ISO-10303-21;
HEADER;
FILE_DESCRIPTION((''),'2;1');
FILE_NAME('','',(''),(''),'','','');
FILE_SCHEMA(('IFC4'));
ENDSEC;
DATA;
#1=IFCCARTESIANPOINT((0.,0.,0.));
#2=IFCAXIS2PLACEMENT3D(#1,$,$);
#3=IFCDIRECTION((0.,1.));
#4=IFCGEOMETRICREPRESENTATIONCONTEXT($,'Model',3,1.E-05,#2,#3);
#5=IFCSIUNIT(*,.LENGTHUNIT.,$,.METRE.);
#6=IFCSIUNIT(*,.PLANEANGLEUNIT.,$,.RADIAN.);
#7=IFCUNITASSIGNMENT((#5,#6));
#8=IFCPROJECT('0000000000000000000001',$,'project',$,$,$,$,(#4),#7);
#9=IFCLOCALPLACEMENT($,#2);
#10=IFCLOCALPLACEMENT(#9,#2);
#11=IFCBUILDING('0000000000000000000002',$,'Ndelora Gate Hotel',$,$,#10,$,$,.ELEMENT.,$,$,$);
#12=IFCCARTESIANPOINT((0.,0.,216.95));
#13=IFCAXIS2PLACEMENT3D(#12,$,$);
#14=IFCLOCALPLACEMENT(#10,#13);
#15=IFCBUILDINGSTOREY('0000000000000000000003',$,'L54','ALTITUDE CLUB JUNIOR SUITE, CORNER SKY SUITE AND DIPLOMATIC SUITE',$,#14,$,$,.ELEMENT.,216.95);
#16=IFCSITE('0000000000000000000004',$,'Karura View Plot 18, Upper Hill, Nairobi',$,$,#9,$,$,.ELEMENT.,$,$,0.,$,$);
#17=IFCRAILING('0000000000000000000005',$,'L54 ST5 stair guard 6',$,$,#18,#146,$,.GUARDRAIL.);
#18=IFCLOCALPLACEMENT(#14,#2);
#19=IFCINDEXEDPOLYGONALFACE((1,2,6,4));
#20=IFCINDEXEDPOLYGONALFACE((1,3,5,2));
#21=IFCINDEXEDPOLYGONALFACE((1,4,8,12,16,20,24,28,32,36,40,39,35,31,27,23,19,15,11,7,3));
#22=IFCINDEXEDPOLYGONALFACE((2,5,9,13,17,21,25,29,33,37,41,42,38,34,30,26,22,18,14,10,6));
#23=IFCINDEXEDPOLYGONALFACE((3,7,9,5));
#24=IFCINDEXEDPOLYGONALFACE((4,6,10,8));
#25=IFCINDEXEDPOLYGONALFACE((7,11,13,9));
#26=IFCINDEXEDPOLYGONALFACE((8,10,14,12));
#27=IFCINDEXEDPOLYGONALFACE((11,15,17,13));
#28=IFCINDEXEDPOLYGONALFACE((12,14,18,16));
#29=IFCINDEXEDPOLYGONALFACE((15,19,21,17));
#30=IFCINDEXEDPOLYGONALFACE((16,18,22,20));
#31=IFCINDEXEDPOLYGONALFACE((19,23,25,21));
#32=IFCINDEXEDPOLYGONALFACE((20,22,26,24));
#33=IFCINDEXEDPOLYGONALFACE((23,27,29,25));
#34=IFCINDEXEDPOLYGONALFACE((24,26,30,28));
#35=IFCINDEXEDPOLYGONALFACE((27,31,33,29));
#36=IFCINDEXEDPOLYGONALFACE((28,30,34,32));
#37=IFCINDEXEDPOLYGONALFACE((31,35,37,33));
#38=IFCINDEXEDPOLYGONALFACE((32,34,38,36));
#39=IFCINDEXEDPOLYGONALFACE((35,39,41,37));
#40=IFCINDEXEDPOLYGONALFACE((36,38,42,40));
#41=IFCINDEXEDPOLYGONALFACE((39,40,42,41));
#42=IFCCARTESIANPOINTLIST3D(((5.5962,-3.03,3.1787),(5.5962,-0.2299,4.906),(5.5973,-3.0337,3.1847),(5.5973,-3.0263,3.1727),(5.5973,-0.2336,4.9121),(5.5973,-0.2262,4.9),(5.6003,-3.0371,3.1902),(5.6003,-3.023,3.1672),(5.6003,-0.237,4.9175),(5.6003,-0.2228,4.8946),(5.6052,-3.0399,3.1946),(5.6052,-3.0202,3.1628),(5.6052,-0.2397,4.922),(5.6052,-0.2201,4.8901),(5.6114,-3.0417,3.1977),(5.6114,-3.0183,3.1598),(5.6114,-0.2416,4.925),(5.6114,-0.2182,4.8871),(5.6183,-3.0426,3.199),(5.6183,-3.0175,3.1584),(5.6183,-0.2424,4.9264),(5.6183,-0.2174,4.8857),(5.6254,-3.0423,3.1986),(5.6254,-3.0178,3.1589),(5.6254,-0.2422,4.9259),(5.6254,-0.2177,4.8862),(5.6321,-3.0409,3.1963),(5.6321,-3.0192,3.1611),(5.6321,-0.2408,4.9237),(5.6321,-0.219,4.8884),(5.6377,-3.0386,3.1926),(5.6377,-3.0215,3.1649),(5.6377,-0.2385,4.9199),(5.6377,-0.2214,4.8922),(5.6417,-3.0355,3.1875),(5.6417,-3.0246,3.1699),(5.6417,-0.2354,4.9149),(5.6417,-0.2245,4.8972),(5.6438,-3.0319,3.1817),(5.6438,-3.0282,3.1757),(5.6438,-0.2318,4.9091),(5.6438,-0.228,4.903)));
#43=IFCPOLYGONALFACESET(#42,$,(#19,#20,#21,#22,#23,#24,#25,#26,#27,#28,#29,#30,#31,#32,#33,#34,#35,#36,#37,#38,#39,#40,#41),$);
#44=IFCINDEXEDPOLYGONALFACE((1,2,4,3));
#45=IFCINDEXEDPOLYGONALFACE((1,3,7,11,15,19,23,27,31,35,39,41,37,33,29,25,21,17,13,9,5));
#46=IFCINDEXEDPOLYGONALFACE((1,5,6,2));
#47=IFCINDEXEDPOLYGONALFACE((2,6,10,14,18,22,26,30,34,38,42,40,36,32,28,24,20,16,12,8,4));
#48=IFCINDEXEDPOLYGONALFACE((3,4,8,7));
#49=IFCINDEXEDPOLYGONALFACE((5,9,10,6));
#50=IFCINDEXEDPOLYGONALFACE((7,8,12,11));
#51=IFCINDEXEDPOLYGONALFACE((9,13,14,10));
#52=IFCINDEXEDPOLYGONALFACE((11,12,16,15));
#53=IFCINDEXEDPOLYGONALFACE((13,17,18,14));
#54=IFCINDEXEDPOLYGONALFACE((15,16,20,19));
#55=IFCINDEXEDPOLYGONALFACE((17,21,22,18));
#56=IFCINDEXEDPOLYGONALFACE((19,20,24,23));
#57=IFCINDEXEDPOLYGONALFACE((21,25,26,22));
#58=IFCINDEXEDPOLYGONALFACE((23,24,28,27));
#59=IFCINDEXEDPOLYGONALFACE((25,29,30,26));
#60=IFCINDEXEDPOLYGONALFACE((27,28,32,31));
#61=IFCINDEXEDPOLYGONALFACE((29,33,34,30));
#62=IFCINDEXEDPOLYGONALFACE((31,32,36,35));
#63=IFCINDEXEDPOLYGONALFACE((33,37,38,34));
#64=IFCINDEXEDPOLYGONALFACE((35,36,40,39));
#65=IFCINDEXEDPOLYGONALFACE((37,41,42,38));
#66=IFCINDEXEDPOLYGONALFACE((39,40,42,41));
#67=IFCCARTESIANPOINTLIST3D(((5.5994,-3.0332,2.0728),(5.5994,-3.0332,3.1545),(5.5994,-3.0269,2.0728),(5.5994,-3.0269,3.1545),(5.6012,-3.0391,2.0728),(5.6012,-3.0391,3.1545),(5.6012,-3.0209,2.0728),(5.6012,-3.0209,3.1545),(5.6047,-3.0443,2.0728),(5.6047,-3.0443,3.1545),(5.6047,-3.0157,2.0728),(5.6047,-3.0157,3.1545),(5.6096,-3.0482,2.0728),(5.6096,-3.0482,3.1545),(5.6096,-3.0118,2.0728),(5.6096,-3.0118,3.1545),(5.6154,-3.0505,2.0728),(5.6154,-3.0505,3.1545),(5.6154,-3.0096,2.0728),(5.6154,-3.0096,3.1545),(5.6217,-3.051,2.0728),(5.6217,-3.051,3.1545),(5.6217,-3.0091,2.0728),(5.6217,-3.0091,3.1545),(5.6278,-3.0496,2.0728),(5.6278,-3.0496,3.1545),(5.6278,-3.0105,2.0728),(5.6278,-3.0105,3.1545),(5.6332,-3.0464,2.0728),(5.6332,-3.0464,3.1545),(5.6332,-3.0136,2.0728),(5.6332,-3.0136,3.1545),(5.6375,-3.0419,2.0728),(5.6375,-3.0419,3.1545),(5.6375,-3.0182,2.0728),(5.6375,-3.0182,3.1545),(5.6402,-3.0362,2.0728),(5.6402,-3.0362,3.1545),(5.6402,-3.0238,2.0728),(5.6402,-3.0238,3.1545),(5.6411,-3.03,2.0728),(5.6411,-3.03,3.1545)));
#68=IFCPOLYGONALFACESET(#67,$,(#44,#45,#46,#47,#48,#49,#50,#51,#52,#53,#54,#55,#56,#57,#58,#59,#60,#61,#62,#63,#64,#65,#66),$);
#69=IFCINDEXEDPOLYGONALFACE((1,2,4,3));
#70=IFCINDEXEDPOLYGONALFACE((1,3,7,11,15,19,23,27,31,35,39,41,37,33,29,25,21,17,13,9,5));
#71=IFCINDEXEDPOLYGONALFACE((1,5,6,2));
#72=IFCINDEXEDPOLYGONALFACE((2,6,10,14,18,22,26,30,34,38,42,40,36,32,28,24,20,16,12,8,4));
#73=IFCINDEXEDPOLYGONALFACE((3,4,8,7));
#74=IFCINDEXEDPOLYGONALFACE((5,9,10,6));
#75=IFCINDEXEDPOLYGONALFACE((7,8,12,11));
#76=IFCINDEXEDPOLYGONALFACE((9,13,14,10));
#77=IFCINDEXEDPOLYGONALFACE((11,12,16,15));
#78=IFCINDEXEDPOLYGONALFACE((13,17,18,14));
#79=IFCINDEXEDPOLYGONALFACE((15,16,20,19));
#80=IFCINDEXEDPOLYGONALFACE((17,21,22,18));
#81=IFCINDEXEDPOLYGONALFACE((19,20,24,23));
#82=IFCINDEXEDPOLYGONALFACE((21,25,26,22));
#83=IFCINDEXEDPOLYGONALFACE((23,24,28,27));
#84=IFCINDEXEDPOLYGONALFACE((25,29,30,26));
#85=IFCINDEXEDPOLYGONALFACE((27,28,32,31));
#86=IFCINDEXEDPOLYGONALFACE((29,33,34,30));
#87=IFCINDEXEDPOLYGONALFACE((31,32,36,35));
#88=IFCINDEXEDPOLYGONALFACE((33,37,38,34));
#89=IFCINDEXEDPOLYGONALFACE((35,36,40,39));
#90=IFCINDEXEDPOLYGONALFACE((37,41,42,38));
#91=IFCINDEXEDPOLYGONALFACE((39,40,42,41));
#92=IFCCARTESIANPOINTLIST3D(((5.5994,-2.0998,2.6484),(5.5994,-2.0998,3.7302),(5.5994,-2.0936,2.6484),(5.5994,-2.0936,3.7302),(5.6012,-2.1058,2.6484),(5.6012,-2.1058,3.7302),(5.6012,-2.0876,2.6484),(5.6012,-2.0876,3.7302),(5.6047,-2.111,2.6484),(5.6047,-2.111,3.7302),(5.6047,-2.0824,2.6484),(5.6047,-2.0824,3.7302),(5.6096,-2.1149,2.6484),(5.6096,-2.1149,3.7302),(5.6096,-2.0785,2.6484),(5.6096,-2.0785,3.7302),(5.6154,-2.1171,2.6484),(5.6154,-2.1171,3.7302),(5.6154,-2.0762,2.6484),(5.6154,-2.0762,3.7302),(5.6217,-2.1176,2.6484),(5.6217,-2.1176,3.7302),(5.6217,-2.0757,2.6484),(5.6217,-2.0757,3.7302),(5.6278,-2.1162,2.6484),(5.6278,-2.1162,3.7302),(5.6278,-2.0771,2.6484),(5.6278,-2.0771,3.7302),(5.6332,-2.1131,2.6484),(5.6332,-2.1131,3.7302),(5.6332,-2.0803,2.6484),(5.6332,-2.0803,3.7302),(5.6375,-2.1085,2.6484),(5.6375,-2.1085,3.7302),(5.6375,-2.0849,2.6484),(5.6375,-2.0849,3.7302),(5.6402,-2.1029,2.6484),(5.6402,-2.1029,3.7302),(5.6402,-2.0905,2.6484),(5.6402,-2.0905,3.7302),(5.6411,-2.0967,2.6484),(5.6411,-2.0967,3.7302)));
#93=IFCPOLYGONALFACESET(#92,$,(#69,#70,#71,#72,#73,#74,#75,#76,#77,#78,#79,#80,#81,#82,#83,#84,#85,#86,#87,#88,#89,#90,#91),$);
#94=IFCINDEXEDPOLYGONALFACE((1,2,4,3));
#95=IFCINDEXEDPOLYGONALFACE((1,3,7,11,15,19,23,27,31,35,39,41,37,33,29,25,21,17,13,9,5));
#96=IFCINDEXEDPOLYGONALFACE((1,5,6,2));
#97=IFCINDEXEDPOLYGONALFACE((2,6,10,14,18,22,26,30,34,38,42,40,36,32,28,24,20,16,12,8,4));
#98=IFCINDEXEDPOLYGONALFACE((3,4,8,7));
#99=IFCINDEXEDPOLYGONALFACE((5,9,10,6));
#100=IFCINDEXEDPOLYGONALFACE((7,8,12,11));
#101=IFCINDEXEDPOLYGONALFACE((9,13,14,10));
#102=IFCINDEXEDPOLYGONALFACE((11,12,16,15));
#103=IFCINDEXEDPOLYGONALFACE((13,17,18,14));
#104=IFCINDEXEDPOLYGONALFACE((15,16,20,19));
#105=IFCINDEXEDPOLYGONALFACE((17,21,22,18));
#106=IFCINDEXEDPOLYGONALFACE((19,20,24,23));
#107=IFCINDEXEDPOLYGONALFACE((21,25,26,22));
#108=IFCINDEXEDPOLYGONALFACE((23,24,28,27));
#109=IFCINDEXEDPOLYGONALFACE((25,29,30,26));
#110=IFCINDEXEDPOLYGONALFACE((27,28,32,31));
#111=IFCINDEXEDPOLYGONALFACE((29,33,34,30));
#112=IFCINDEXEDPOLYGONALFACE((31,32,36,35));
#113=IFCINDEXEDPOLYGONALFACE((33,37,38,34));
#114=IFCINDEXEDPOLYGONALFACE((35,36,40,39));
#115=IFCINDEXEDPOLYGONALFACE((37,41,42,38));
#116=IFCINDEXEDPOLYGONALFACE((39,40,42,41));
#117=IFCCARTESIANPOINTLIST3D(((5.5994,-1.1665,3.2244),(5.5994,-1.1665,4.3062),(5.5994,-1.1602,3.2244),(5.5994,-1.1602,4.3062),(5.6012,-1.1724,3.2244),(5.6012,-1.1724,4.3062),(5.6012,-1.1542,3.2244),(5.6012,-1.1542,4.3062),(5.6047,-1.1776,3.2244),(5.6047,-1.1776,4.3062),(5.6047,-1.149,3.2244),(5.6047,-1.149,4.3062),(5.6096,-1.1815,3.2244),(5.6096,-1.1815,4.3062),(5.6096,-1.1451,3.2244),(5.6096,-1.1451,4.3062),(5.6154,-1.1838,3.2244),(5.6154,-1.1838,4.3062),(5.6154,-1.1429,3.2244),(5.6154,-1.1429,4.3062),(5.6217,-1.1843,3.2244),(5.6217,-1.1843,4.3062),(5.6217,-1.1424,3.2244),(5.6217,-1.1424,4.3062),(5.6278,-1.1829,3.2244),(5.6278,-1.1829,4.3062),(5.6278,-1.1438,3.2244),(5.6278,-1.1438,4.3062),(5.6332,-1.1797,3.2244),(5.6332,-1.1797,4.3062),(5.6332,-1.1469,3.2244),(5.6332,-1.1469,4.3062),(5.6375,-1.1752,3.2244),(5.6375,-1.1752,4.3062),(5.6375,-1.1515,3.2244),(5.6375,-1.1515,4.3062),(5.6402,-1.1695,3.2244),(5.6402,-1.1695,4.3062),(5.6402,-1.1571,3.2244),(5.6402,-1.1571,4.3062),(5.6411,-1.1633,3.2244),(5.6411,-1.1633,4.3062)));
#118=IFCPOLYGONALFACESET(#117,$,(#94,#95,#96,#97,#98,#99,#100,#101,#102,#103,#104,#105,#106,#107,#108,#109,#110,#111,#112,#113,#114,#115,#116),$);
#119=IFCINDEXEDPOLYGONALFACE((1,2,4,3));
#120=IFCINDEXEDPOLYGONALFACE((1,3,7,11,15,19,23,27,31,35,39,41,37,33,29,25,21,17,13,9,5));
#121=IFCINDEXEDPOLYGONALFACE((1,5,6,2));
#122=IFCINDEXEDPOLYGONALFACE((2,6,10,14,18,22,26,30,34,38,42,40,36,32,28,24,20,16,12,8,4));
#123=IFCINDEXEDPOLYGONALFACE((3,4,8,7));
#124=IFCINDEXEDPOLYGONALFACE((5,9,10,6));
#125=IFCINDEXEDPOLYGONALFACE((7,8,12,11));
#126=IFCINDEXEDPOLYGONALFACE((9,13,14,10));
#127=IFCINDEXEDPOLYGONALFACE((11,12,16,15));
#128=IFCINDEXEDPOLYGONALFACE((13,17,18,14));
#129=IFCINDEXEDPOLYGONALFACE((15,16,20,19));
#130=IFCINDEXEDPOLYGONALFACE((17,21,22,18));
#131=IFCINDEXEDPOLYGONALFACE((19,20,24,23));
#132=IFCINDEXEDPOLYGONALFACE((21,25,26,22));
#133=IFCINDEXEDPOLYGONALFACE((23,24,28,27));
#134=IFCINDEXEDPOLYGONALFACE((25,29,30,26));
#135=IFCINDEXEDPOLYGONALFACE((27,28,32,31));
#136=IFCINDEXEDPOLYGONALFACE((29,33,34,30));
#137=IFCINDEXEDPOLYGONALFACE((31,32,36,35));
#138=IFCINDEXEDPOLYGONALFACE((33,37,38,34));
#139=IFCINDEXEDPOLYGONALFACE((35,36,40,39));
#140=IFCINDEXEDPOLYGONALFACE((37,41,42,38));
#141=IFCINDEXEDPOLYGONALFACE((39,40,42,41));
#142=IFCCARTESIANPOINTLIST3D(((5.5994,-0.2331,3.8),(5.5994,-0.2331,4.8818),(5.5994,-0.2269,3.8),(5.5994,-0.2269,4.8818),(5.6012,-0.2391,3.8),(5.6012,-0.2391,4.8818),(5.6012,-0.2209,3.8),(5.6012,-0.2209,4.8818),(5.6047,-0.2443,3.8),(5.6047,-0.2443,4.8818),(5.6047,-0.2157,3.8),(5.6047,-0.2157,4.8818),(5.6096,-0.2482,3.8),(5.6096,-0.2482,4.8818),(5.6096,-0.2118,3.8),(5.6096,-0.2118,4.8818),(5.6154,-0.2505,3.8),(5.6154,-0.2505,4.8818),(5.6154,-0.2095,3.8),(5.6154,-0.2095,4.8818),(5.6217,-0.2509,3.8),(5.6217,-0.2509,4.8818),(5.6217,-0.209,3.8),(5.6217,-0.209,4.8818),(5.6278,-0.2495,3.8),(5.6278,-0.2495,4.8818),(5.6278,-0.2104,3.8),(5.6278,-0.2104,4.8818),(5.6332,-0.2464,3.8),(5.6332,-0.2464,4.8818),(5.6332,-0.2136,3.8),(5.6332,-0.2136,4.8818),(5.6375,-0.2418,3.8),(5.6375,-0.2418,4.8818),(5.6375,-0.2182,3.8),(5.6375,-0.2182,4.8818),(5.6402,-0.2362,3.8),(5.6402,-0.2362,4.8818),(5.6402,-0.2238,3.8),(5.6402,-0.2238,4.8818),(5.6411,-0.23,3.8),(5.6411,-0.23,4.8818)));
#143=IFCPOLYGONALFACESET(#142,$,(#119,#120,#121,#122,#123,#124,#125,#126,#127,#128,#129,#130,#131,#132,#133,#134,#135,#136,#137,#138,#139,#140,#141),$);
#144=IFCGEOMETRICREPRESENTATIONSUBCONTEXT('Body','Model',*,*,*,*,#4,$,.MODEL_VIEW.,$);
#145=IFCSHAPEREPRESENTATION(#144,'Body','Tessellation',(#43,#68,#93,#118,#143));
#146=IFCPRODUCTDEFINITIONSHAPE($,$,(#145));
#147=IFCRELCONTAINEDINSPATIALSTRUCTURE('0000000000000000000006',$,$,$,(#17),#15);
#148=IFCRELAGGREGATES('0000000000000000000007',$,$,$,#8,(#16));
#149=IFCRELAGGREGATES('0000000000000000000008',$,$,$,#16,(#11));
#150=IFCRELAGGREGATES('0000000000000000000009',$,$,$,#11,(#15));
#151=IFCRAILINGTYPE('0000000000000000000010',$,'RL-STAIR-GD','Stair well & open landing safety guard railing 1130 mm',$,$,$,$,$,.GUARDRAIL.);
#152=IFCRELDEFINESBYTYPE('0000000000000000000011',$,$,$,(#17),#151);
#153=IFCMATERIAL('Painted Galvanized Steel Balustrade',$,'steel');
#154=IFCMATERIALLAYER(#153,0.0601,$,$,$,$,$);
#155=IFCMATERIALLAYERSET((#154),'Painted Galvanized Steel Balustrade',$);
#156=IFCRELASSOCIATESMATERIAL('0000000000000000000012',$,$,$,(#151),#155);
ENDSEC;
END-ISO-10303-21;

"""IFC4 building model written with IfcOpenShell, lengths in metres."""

from ifc_helpers import new_model, si_unit, direction, frame, origin, origin_2d, place, context, subcontext, project, spatial, circle, extrude, material, layer, layer_set, type_object, element, save


model = new_model("IFC4")

# Units and contexts
model_context = context("Model", 3, precision=1e-05, world=origin(), true_north=direction((0.0, 1.0)))
body_context = subcontext(model_context, "Body", "Model", "MODEL_VIEW")
ifc_project = project(units=[si_unit("LENGTHUNIT", "METRE"), si_unit("PLANEANGLEUNIT", "RADIAN")], contexts=[model_context])

# Site, building, storey
site_placement = place(None, origin())
site = spatial("IfcSite", under=ifc_project, at=site_placement, Name="Karura View Plot 18, Upper Hill, Nairobi", CompositionType="ELEMENT", RefElevation=0.0)
building_placement = place(site_placement, origin())
building = spatial("IfcBuilding", under=site, at=building_placement, Name="Ndelora Gate Hotel", CompositionType="ELEMENT")
storey_placement = place(building_placement, frame((0.0, 0.0, 216.95)))
storey = spatial("IfcBuildingStorey", under=building, at=storey_placement, Name="L54", Description="ALTITUDE CLUB JUNIOR SUITE, CORNER SKY SUITE AND DIPLOMATIC SUITE", CompositionType="ELEMENT", Elevation=216.95)

# Railing
ifc_material_1 = material(Name="Painted Galvanized Steel Balustrade", Category="steel")
ifc_layer_1 = layer(ifc_material_1, 0.0601)
ifc_layer_set_1 = layer_set([ifc_layer_1], Name="Painted Galvanized Steel Balustrade")
railing_type_1 = type_object("IfcRailingType", Name="RL-STAIR-GD", Description="Stair well & open landing safety guard railing 1130 mm", PredefinedType="GUARDRAIL", material=ifc_layer_set_1)
railing_1_placement = place(storey_placement, frame((5.6201, -3.03, 2.0728)))
element("IfcRailing", 1, at=railing_1_placement, inside=storey, type_object=railing_type_1, Name="L54 ST5 stair guard 6", PredefinedType="GUARDRAIL", context=body_context, shape_type="SweptSolid", body=[
    extrude(circle(Radius=0.0239, at=origin_2d()), frame((0.0, 0.0, 1.106), z_axis=(0.0, 0.85109, 0.52502), x_axis=(-1.0, 0.0, 0.0)), (0.0, 0.0, 1.0), 3.29),
    extrude(circle(Radius=0.021, at=origin_2d()), origin(), (0.0, 0.0, 1.0), 1.0818),
    extrude(circle(Radius=0.021, at=origin_2d()), frame((0.0, 0.9333, 0.5757)), (0.0, 0.0, 1.0), 1.0818),
    extrude(circle(Radius=0.021, at=origin_2d()), frame((0.0, 1.8667, 1.1516)), (0.0, 0.0, 1.0), 1.0818),
    extrude(circle(Radius=0.021, at=origin_2d()), frame((0.0, 2.8, 1.7273)), (0.0, 0.0, 1.0), 1.0818),
])

save(model, "model.ifc")
